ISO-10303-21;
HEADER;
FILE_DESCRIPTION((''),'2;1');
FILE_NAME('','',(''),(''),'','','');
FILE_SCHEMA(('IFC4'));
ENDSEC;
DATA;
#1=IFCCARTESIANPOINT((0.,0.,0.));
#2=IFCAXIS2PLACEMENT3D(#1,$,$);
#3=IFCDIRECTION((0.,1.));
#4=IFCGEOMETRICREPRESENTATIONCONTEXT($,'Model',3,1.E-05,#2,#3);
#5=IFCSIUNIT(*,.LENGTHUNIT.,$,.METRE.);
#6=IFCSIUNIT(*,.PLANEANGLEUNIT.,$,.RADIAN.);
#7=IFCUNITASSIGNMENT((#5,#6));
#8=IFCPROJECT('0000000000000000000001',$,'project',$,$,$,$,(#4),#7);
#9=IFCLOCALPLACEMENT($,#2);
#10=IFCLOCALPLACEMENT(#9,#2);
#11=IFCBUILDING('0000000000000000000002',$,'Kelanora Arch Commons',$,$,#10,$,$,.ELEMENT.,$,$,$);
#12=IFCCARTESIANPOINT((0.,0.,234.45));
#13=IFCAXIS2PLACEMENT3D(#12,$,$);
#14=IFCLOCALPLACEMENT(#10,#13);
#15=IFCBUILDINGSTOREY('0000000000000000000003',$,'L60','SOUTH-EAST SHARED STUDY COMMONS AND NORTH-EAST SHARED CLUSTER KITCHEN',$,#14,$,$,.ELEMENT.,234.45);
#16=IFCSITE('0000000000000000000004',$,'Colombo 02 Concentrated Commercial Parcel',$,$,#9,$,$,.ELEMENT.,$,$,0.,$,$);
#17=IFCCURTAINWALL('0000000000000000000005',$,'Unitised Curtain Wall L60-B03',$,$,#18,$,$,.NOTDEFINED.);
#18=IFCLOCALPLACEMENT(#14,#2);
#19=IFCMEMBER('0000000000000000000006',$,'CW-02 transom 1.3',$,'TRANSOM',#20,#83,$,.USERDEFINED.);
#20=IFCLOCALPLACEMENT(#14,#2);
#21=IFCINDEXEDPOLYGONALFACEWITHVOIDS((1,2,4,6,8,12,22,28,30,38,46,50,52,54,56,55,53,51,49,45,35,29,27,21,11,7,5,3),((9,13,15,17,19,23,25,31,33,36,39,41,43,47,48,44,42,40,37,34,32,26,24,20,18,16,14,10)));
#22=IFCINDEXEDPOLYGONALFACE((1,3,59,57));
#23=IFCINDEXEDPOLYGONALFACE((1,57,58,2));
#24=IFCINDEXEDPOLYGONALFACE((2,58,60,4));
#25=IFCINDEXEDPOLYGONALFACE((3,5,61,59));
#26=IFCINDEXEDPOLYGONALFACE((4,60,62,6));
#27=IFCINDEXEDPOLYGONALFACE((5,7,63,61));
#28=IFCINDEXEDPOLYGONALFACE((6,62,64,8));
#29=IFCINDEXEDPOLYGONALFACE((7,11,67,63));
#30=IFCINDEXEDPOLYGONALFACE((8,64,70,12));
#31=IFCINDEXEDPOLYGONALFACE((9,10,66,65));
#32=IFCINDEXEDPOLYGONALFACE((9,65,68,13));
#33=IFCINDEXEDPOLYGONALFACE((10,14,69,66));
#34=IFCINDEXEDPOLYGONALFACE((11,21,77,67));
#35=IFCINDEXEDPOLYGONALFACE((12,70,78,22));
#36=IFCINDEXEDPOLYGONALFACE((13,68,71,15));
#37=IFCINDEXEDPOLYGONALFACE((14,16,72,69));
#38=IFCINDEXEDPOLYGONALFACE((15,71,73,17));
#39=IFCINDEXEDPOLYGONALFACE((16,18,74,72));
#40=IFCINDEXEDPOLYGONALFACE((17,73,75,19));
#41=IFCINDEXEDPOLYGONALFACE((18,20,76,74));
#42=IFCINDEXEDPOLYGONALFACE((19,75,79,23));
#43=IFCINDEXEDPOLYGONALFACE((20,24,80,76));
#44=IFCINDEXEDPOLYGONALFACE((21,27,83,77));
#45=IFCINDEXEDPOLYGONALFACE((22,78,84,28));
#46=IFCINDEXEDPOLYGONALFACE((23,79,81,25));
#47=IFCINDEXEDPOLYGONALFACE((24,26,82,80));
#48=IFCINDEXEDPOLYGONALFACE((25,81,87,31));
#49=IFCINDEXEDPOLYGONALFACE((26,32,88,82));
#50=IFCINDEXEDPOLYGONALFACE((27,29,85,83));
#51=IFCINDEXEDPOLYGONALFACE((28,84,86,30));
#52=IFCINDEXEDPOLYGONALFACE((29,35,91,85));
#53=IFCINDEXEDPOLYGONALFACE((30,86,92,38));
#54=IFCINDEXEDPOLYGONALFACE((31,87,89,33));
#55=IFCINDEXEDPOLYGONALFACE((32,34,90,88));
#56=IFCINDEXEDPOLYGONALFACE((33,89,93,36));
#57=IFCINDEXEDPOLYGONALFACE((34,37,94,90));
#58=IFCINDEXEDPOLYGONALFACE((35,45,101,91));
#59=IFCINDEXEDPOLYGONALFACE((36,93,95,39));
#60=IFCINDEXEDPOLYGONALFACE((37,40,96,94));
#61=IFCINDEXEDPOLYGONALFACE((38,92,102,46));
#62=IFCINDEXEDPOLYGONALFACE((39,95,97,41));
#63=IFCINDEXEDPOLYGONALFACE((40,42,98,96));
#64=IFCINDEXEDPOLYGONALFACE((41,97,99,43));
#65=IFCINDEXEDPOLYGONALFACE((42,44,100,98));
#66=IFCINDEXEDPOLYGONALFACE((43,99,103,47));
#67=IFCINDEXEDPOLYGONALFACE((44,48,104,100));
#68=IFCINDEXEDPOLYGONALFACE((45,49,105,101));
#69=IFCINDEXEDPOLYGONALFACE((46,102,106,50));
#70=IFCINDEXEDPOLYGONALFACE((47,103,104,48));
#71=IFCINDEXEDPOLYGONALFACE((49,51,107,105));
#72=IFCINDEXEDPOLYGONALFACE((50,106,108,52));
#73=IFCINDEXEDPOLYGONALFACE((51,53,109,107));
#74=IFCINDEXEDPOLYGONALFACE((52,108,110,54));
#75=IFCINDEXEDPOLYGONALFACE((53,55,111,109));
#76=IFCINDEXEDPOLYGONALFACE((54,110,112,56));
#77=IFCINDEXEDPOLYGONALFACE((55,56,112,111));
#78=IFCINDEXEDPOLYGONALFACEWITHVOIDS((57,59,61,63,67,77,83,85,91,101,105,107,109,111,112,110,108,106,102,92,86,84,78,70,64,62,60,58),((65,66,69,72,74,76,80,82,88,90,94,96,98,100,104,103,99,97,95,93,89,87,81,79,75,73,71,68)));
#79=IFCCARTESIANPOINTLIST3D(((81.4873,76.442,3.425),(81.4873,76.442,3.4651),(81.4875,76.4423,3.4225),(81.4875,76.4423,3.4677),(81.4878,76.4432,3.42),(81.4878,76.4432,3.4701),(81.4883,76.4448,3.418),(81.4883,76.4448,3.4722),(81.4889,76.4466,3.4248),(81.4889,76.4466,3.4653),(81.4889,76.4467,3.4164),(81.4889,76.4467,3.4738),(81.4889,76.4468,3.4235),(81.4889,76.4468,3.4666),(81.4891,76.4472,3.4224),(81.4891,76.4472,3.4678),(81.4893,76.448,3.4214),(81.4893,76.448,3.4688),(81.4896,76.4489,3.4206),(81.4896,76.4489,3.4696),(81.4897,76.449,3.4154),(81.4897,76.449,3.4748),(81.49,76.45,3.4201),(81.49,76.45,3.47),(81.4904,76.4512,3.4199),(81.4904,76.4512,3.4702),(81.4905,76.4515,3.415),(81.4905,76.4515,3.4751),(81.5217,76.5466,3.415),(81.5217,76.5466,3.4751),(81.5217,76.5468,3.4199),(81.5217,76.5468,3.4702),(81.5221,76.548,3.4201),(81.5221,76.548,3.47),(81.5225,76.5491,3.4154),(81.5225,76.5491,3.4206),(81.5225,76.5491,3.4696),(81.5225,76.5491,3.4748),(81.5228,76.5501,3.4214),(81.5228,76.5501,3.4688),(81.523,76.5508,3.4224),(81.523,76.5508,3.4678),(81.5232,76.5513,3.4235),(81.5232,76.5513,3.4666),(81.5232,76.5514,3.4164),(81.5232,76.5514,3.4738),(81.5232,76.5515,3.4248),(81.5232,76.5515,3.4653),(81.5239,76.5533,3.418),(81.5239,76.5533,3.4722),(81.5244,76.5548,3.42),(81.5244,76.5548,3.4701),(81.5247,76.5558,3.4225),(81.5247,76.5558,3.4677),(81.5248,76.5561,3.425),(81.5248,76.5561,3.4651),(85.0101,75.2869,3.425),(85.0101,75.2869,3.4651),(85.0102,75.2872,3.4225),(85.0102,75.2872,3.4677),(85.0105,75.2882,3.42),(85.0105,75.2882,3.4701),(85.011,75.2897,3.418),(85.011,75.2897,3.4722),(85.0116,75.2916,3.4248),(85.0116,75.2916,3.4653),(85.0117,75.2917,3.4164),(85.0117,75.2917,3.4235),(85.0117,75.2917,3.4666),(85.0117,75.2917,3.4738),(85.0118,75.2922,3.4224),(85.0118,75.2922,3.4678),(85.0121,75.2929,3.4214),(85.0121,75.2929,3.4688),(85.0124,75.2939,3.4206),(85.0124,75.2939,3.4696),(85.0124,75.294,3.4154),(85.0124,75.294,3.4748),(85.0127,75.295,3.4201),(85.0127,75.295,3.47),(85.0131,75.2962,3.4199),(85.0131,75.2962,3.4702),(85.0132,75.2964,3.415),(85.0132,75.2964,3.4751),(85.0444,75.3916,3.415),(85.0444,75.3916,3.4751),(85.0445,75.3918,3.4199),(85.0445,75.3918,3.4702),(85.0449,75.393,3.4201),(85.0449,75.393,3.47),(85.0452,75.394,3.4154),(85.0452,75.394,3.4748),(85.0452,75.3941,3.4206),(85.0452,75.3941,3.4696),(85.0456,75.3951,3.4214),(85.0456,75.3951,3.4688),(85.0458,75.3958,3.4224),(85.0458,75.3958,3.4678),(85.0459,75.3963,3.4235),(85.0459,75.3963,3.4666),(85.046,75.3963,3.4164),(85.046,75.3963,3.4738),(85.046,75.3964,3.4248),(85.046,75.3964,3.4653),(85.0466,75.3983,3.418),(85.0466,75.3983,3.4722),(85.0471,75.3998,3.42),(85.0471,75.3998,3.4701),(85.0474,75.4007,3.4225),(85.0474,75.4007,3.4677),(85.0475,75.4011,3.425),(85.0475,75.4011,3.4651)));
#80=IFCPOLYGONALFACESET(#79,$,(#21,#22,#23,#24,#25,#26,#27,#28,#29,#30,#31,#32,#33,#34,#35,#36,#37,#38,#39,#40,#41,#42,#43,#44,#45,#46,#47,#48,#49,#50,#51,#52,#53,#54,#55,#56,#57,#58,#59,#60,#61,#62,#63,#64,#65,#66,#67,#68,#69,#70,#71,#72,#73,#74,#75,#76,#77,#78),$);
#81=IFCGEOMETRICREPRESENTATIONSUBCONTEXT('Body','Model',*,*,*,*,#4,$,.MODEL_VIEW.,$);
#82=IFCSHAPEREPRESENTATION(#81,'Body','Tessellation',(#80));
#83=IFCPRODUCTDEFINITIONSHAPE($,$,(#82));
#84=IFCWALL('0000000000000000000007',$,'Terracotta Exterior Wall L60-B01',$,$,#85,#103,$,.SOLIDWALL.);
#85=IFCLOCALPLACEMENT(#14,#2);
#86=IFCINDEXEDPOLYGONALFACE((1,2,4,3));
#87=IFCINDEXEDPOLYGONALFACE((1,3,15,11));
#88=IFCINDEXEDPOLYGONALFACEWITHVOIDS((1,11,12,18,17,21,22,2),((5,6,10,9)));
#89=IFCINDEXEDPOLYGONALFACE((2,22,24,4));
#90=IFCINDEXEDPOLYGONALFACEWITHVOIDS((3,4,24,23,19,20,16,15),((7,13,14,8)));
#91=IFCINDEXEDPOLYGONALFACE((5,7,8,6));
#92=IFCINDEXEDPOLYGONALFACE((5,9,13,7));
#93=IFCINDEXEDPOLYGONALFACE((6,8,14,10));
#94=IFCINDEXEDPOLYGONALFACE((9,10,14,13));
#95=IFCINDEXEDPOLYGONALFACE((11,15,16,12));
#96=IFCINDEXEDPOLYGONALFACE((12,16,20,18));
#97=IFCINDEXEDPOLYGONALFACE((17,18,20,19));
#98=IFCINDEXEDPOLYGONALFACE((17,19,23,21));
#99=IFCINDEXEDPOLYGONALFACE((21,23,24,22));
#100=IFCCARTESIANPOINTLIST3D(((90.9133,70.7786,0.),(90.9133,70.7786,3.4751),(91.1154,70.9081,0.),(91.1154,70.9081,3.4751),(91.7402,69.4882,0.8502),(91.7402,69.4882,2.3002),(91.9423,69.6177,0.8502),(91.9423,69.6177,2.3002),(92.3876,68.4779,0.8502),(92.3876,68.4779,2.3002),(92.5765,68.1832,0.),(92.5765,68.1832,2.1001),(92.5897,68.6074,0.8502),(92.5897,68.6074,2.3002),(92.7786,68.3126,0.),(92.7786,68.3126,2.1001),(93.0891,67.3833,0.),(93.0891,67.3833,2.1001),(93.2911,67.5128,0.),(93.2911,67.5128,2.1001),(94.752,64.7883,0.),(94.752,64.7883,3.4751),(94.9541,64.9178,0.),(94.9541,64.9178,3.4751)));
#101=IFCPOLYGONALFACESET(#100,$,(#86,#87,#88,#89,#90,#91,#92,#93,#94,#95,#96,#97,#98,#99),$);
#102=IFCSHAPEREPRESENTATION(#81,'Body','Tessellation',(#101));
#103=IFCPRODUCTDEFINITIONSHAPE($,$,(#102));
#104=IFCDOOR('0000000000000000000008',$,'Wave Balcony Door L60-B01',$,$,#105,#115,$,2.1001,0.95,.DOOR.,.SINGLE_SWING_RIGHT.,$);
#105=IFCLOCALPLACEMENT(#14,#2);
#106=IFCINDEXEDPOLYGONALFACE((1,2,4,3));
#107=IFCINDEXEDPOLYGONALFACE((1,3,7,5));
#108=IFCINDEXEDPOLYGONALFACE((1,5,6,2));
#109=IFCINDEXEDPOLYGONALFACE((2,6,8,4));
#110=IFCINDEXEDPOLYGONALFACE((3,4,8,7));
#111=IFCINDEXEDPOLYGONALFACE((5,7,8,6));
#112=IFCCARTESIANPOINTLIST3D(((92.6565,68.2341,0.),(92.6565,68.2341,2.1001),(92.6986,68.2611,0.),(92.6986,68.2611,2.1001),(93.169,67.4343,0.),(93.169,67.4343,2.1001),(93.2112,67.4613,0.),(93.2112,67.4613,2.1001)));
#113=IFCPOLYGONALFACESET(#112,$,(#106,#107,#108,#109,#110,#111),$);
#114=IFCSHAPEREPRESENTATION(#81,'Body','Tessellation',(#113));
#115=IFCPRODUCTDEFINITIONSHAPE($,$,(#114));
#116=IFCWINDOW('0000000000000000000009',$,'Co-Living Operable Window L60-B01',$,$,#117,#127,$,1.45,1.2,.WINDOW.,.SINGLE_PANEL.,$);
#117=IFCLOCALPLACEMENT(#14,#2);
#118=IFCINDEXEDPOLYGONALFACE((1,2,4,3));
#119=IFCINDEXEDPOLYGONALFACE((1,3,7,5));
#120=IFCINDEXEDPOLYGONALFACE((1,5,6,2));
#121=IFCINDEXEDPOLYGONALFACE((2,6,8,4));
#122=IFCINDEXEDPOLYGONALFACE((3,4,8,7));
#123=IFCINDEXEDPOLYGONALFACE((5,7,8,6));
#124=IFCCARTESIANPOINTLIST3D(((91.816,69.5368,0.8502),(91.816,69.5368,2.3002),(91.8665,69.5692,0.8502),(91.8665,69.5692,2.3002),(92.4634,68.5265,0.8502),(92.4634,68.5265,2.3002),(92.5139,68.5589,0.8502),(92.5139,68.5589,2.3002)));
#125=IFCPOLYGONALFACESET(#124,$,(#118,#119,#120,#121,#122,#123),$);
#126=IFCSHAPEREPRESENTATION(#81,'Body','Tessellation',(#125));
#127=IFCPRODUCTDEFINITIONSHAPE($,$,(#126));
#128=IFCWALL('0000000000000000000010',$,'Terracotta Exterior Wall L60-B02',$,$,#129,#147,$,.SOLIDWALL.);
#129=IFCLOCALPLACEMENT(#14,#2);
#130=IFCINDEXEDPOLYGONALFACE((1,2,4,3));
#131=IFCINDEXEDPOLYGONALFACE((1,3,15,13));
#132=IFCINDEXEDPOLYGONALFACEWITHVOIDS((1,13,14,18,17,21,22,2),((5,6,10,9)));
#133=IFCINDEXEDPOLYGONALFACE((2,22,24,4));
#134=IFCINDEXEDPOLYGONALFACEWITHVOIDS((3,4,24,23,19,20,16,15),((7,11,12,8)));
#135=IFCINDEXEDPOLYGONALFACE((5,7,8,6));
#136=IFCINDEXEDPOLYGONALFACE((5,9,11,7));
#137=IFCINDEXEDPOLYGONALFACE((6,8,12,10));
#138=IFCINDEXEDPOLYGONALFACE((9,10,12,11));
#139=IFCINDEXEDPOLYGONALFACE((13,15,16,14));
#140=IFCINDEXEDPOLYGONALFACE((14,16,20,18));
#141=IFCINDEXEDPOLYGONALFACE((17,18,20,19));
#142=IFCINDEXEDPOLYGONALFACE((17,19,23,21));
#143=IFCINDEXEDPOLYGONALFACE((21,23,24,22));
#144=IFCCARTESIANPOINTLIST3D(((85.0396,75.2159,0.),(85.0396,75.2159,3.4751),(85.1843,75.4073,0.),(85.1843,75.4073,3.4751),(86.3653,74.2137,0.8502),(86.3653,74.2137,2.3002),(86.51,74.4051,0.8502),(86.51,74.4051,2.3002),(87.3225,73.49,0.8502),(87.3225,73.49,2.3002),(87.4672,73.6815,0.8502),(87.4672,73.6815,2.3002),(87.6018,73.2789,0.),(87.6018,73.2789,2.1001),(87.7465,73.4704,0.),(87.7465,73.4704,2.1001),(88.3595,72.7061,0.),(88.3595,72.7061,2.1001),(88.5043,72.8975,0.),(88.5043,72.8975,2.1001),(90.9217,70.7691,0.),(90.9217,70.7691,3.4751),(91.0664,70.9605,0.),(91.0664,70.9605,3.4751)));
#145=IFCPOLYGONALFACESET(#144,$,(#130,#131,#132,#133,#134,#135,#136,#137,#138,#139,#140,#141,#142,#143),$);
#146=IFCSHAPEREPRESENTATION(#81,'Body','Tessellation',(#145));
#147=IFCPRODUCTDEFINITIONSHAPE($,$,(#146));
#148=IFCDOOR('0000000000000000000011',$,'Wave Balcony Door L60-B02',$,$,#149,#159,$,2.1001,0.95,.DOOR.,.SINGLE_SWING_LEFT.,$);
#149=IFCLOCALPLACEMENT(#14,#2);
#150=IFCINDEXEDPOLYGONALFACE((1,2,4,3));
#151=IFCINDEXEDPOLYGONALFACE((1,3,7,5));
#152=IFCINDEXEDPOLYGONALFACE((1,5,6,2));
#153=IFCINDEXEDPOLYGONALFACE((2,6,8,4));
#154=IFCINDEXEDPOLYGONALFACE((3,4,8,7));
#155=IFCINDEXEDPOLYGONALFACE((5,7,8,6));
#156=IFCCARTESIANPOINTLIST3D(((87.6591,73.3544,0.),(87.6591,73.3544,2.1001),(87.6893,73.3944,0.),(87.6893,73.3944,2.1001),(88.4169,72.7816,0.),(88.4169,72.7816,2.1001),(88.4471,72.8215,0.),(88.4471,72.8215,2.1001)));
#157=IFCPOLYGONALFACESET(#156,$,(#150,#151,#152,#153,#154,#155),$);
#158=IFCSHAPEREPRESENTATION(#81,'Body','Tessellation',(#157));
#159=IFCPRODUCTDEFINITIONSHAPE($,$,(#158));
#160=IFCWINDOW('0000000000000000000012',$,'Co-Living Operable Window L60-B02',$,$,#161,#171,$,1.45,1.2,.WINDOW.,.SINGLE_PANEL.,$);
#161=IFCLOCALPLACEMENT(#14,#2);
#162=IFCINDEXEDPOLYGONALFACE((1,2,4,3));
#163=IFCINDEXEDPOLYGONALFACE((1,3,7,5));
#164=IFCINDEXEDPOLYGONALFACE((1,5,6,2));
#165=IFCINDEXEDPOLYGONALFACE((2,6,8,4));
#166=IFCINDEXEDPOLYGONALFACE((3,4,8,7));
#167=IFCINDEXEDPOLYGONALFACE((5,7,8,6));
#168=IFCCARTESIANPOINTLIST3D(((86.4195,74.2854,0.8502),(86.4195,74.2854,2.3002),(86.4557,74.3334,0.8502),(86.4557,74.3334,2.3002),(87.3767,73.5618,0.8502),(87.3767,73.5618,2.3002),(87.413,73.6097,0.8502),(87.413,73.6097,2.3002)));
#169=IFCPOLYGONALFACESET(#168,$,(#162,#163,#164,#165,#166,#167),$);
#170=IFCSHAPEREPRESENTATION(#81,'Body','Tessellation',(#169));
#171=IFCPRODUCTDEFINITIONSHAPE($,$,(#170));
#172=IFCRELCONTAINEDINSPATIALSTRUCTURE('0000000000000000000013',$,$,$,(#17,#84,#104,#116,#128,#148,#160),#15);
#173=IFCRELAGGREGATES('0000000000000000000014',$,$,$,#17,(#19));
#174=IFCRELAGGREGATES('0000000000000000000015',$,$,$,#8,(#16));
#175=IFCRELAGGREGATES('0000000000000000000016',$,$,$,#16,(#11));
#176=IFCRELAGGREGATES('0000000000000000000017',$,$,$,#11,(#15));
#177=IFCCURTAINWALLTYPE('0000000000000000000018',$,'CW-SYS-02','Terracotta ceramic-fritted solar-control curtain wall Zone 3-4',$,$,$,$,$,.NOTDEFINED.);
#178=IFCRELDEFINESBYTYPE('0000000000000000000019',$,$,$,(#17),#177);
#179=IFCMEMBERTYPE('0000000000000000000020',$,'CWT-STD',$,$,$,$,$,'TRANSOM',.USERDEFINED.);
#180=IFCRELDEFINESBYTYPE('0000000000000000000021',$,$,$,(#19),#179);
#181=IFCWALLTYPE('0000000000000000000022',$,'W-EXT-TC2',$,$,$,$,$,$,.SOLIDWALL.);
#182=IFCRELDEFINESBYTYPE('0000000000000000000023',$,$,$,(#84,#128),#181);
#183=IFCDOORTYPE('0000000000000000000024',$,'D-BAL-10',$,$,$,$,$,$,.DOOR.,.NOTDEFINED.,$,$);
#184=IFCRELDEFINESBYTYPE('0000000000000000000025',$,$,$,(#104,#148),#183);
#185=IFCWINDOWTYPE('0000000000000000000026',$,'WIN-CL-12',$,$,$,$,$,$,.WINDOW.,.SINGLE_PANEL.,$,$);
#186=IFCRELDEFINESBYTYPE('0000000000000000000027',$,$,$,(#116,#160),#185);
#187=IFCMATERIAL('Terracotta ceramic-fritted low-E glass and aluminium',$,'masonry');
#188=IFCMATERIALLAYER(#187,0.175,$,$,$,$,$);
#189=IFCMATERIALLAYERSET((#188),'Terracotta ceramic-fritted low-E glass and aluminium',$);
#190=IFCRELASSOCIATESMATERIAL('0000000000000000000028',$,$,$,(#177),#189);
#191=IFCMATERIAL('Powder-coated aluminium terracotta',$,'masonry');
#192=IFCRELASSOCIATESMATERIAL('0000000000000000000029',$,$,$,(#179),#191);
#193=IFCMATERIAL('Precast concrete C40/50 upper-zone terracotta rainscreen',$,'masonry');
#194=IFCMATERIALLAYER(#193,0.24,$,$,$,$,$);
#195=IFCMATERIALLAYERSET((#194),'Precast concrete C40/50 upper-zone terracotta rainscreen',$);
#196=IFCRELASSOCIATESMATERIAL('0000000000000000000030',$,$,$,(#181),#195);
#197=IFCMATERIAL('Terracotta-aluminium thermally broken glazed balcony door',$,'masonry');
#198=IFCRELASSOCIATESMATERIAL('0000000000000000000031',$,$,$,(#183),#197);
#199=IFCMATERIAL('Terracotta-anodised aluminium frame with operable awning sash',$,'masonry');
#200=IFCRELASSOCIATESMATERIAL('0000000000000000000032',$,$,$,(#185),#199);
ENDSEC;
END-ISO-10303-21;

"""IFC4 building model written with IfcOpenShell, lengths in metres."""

from ifc_helpers import new_model, si_unit, direction, frame, frame_2d, origin, origin_2d, place, context, subcontext, project, spatial, rectangle, hollow_rectangle, extrude, material, layer, layer_set, material_profile, profile_set, type_object, element, fill, aggregate, save


model = new_model("IFC4")

# Units and contexts
model_context = context("Model", 3, precision=1e-05, world=origin(), true_north=direction((0.0, 1.0)))
body_context = subcontext(model_context, "Body", "Model", "MODEL_VIEW")
ifc_project = project(units=[si_unit("LENGTHUNIT", "METRE"), si_unit("PLANEANGLEUNIT", "RADIAN")], contexts=[model_context])

# Site, building, storey
site_placement = place(None, origin())
site = spatial("IfcSite", under=ifc_project, at=site_placement, Name="Colombo 02 Concentrated Commercial Parcel", CompositionType="ELEMENT", RefElevation=0.0)
building_placement = place(site_placement, origin())
building = spatial("IfcBuilding", under=site, at=building_placement, Name="Kelanora Arch Commons", CompositionType="ELEMENT")
storey_placement = place(building_placement, frame((0.0, 0.0, 234.45)))
storey = spatial("IfcBuildingStorey", under=building, at=storey_placement, Name="L60", Description="SOUTH-EAST SHARED STUDY COMMONS AND NORTH-EAST SHARED CLUSTER KITCHEN", CompositionType="ELEMENT", Elevation=234.45)

# Shared definitions
ifc_material_1 = material(Name="Terracotta ceramic-fritted low-E glass and aluminium", Category="masonry")
ifc_layer_1 = layer(ifc_material_1, 0.175)
ifc_layer_set_1 = layer_set([ifc_layer_1], Name="Terracotta ceramic-fritted low-E glass and aluminium")
curtain_wall_type = type_object("IfcCurtainWallType", Name="CW-SYS-02", Description="Terracotta ceramic-fritted solar-control curtain wall Zone 3-4", PredefinedType="NOTDEFINED", material=ifc_layer_set_1)
ifc_material_2 = material(Name="Powder-coated aluminium terracotta", Category="masonry")

# Curtain wall, member
curtain_wall_1_placement = place(storey_placement, origin())
curtain_wall_1 = element("IfcCurtainWall", 1, at=curtain_wall_1_placement, inside=storey, type_object=curtain_wall_type, Name="Unitised Curtain Wall L60-B03", PredefinedType="NOTDEFINED")
ifc_material_profile_1 = material_profile(ifc_material_2, hollow_rectangle(XDim=0.1201, YDim=0.0601, WallThickness=0.0049, InnerFilletRadius=0.0049, OuterFilletRadius=0.01, at=origin_2d()), Name="CWT120x60")
ifc_profile_set_1 = profile_set([ifc_material_profile_1], Name="Powder-coated aluminium terracotta")
member_type_1 = type_object("IfcMemberType", Name="CWT-STD", ElementType="TRANSOM", PredefinedType="USERDEFINED", material=ifc_profile_set_1)
member_1_placement = place(storey_placement, frame((85.0288, 75.344, 3.4451), z_axis=(-0.950226, 0.311561, 0.0), x_axis=(-0.311561, -0.950226, 0.0)))
member_1 = element("IfcMember", 2, at=member_1_placement, type_object=member_type_1, Name="CW-02 transom 1.3", ObjectType="TRANSOM", PredefinedType="USERDEFINED", context=body_context, shape_type="SweptSolid", body=[
    extrude(hollow_rectangle(XDim=0.1201, YDim=0.0601, WallThickness=0.0049, InnerFilletRadius=0.0049, OuterFilletRadius=0.01, at=origin_2d()), origin(), (0.0, 0.0, 1.0), 3.7073),
])
aggregate(curtain_wall_1, [member_1])

# Walls, openings, doors, windows
ifc_material_3 = material(Name="Precast concrete C40/50 upper-zone terracotta rainscreen", Category="masonry")
ifc_layer_2 = layer(ifc_material_3, 0.24)
ifc_layer_set_2 = layer_set([ifc_layer_2], Name="Precast concrete C40/50 upper-zone terracotta rainscreen")
wall_type_1 = type_object("IfcWallType", Name="W-EXT-TC2", PredefinedType="SOLIDWALL", material=ifc_layer_set_2)
wall_1_placement = place(storey_placement, frame((94.853, 64.853, 0.0), z_axis=(0.0, 0.0, 1.0), x_axis=(-0.53954, 0.84196, 0.0)))
wall_1 = element("IfcWall", 3, at=wall_1_placement, inside=storey, type_object=wall_type_1, Name="Terracotta Exterior Wall L60-B01", PredefinedType="SOLIDWALL", context=body_context, shape_type="SweptSolid", body=[
    extrude(rectangle(XDim=7.1147, YDim=0.24, at=frame_2d((3.5574, 0.0))), origin(), (0.0, 0.0, 1.0), 3.4751),
])
opening_1_placement = place(wall_1_placement, frame((3.082, 0.0, 0.0)))
opening_1 = element("IfcOpeningElement", 4, at=opening_1_placement, cuts=wall_1, PredefinedType="OPENING", context=body_context, shape_type="SweptSolid", body=[
    extrude(rectangle(XDim=0.95, YDim=2.1001, at=frame_2d((0.4751, 1.05))), frame((0.0, 0.1299, 0.0), z_axis=(0.0, -1.0, 0.0), x_axis=(1.0, 0.0, 0.0)), (0.0, 0.0, 1.0), 0.26),
])
opening_2_placement = place(wall_1_placement, frame((4.3821, 0.0, 0.8501)))
opening_2 = element("IfcOpeningElement", 5, at=opening_2_placement, cuts=wall_1, PredefinedType="OPENING", context=body_context, shape_type="SweptSolid", body=[
    extrude(rectangle(XDim=1.2, YDim=1.45, at=frame_2d((0.6001, 0.7251))), frame((0.0, 0.1299, 0.0), z_axis=(0.0, -1.0, 0.0), x_axis=(1.0, 0.0, 0.0)), (0.0, 0.0, 1.0), 0.26),
])
ifc_material_4 = material(Name="Terracotta-aluminium thermally broken glazed balcony door", Category="masonry")
door_type = type_object("IfcDoorType", Name="D-BAL-10", OperationType="NOTDEFINED", PredefinedType="DOOR", material=ifc_material_4)
door_1_placement = place(opening_1_placement, frame((0.95, 0.0, 0.0), z_axis=(0.0, 0.0, 1.0), x_axis=(-1.0, 0.0, 0.0)))
door_1 = element("IfcDoor", 6, at=door_1_placement, inside=storey, type_object=door_type, Name="Wave Balcony Door L60-B01", OperationType="SINGLE_SWING_RIGHT", OverallHeight=2.1001, OverallWidth=0.95, PredefinedType="DOOR", context=body_context, shape_type="SweptSolid", body=[
    extrude(rectangle(XDim=0.95, YDim=2.1001, at=frame_2d((0.4751, 1.05))), frame((0.0, 0.0249, 0.0), z_axis=(0.0, -1.0, 0.0), x_axis=(1.0, 0.0, 0.0)), (0.0, 0.0, 1.0), 0.05),
])
fill(opening_1, door_1)
ifc_material_5 = material(Name="Terracotta-anodised aluminium frame with operable awning sash", Category="masonry")
window_type = type_object("IfcWindowType", Name="WIN-CL-12", PartitioningType="SINGLE_PANEL", PredefinedType="WINDOW", material=ifc_material_5)
window_1_placement = place(opening_2_placement, origin())
window_1 = element("IfcWindow", 7, at=window_1_placement, inside=storey, type_object=window_type, Name="Co-Living Operable Window L60-B01", OverallHeight=1.45, OverallWidth=1.2, PartitioningType="SINGLE_PANEL", PredefinedType="WINDOW", context=body_context, shape_type="SweptSolid", body=[
    extrude(rectangle(XDim=1.2, YDim=1.45, at=frame_2d((0.6001, 0.7251))), frame((0.0, 0.03, 0.0), z_axis=(0.0, -1.0, 0.0), x_axis=(1.0, 0.0, 0.0)), (0.0, 0.0, 1.0), 0.0601),
])
fill(opening_2, window_1)
wall_2_placement = place(storey_placement, frame((90.9941, 70.8647, 0.0), z_axis=(0.0, 0.0, 1.0), x_axis=(-0.797702, 0.603052, 0.0)))
wall_2 = element("IfcWall", 8, at=wall_2_placement, inside=storey, type_object=wall_type_1, Name="Terracotta Exterior Wall L60-B02", PredefinedType="SOLIDWALL", context=body_context, shape_type="SweptSolid", body=[
    extrude(rectangle(XDim=7.3738, YDim=0.24, at=frame_2d((3.687, 0.0))), origin(), (0.0, 0.0, 1.0), 3.4751),
])
opening_3_placement = place(wall_2_placement, frame((3.2119, 0.0, 0.0)))
opening_3 = element("IfcOpeningElement", 9, at=opening_3_placement, cuts=wall_2, PredefinedType="OPENING", context=body_context, shape_type="SweptSolid", body=[
    extrude(rectangle(XDim=0.95, YDim=2.1001, at=frame_2d((0.4751, 1.05))), frame((0.0, 0.1299, 0.0), z_axis=(0.0, -1.0, 0.0), x_axis=(1.0, 0.0, 0.0)), (0.0, 0.0, 1.0), 0.26),
])
opening_4_placement = place(wall_2_placement, frame((4.512, 0.0, 0.8501)))
opening_4 = element("IfcOpeningElement", 10, at=opening_4_placement, cuts=wall_2, PredefinedType="OPENING", context=body_context, shape_type="SweptSolid", body=[
    extrude(rectangle(XDim=1.2, YDim=1.45, at=frame_2d((0.6001, 0.7251))), frame((0.0, 0.1299, 0.0), z_axis=(0.0, -1.0, 0.0), x_axis=(1.0, 0.0, 0.0)), (0.0, 0.0, 1.0), 0.26),
])
door_2_placement = place(opening_3_placement, frame((0.95, 0.0, 0.0), z_axis=(0.0, 0.0, 1.0), x_axis=(-1.0, 0.0, 0.0)))
door_2 = element("IfcDoor", 11, at=door_2_placement, inside=storey, type_object=door_type, Name="Wave Balcony Door L60-B02", OperationType="SINGLE_SWING_LEFT", OverallHeight=2.1001, OverallWidth=0.95, PredefinedType="DOOR", context=body_context, shape_type="SweptSolid", body=[
    extrude(rectangle(XDim=0.95, YDim=2.1001, at=frame_2d((0.4751, 1.05))), frame((0.0, 0.0249, 0.0), z_axis=(0.0, -1.0, 0.0), x_axis=(1.0, 0.0, 0.0)), (0.0, 0.0, 1.0), 0.05),
])
fill(opening_3, door_2)
window_2_placement = place(opening_4_placement, origin())
window_2 = element("IfcWindow", 12, at=window_2_placement, inside=storey, type_object=window_type, Name="Co-Living Operable Window L60-B02", OverallHeight=1.45, OverallWidth=1.2, PartitioningType="SINGLE_PANEL", PredefinedType="WINDOW", context=body_context, shape_type="SweptSolid", body=[
    extrude(rectangle(XDim=1.2, YDim=1.45, at=frame_2d((0.6001, 0.7251))), frame((0.0, 0.03, 0.0), z_axis=(0.0, -1.0, 0.0), x_axis=(1.0, 0.0, 0.0)), (0.0, 0.0, 1.0), 0.0601),
])
fill(opening_4, window_2)

save(model, "model.ifc")
